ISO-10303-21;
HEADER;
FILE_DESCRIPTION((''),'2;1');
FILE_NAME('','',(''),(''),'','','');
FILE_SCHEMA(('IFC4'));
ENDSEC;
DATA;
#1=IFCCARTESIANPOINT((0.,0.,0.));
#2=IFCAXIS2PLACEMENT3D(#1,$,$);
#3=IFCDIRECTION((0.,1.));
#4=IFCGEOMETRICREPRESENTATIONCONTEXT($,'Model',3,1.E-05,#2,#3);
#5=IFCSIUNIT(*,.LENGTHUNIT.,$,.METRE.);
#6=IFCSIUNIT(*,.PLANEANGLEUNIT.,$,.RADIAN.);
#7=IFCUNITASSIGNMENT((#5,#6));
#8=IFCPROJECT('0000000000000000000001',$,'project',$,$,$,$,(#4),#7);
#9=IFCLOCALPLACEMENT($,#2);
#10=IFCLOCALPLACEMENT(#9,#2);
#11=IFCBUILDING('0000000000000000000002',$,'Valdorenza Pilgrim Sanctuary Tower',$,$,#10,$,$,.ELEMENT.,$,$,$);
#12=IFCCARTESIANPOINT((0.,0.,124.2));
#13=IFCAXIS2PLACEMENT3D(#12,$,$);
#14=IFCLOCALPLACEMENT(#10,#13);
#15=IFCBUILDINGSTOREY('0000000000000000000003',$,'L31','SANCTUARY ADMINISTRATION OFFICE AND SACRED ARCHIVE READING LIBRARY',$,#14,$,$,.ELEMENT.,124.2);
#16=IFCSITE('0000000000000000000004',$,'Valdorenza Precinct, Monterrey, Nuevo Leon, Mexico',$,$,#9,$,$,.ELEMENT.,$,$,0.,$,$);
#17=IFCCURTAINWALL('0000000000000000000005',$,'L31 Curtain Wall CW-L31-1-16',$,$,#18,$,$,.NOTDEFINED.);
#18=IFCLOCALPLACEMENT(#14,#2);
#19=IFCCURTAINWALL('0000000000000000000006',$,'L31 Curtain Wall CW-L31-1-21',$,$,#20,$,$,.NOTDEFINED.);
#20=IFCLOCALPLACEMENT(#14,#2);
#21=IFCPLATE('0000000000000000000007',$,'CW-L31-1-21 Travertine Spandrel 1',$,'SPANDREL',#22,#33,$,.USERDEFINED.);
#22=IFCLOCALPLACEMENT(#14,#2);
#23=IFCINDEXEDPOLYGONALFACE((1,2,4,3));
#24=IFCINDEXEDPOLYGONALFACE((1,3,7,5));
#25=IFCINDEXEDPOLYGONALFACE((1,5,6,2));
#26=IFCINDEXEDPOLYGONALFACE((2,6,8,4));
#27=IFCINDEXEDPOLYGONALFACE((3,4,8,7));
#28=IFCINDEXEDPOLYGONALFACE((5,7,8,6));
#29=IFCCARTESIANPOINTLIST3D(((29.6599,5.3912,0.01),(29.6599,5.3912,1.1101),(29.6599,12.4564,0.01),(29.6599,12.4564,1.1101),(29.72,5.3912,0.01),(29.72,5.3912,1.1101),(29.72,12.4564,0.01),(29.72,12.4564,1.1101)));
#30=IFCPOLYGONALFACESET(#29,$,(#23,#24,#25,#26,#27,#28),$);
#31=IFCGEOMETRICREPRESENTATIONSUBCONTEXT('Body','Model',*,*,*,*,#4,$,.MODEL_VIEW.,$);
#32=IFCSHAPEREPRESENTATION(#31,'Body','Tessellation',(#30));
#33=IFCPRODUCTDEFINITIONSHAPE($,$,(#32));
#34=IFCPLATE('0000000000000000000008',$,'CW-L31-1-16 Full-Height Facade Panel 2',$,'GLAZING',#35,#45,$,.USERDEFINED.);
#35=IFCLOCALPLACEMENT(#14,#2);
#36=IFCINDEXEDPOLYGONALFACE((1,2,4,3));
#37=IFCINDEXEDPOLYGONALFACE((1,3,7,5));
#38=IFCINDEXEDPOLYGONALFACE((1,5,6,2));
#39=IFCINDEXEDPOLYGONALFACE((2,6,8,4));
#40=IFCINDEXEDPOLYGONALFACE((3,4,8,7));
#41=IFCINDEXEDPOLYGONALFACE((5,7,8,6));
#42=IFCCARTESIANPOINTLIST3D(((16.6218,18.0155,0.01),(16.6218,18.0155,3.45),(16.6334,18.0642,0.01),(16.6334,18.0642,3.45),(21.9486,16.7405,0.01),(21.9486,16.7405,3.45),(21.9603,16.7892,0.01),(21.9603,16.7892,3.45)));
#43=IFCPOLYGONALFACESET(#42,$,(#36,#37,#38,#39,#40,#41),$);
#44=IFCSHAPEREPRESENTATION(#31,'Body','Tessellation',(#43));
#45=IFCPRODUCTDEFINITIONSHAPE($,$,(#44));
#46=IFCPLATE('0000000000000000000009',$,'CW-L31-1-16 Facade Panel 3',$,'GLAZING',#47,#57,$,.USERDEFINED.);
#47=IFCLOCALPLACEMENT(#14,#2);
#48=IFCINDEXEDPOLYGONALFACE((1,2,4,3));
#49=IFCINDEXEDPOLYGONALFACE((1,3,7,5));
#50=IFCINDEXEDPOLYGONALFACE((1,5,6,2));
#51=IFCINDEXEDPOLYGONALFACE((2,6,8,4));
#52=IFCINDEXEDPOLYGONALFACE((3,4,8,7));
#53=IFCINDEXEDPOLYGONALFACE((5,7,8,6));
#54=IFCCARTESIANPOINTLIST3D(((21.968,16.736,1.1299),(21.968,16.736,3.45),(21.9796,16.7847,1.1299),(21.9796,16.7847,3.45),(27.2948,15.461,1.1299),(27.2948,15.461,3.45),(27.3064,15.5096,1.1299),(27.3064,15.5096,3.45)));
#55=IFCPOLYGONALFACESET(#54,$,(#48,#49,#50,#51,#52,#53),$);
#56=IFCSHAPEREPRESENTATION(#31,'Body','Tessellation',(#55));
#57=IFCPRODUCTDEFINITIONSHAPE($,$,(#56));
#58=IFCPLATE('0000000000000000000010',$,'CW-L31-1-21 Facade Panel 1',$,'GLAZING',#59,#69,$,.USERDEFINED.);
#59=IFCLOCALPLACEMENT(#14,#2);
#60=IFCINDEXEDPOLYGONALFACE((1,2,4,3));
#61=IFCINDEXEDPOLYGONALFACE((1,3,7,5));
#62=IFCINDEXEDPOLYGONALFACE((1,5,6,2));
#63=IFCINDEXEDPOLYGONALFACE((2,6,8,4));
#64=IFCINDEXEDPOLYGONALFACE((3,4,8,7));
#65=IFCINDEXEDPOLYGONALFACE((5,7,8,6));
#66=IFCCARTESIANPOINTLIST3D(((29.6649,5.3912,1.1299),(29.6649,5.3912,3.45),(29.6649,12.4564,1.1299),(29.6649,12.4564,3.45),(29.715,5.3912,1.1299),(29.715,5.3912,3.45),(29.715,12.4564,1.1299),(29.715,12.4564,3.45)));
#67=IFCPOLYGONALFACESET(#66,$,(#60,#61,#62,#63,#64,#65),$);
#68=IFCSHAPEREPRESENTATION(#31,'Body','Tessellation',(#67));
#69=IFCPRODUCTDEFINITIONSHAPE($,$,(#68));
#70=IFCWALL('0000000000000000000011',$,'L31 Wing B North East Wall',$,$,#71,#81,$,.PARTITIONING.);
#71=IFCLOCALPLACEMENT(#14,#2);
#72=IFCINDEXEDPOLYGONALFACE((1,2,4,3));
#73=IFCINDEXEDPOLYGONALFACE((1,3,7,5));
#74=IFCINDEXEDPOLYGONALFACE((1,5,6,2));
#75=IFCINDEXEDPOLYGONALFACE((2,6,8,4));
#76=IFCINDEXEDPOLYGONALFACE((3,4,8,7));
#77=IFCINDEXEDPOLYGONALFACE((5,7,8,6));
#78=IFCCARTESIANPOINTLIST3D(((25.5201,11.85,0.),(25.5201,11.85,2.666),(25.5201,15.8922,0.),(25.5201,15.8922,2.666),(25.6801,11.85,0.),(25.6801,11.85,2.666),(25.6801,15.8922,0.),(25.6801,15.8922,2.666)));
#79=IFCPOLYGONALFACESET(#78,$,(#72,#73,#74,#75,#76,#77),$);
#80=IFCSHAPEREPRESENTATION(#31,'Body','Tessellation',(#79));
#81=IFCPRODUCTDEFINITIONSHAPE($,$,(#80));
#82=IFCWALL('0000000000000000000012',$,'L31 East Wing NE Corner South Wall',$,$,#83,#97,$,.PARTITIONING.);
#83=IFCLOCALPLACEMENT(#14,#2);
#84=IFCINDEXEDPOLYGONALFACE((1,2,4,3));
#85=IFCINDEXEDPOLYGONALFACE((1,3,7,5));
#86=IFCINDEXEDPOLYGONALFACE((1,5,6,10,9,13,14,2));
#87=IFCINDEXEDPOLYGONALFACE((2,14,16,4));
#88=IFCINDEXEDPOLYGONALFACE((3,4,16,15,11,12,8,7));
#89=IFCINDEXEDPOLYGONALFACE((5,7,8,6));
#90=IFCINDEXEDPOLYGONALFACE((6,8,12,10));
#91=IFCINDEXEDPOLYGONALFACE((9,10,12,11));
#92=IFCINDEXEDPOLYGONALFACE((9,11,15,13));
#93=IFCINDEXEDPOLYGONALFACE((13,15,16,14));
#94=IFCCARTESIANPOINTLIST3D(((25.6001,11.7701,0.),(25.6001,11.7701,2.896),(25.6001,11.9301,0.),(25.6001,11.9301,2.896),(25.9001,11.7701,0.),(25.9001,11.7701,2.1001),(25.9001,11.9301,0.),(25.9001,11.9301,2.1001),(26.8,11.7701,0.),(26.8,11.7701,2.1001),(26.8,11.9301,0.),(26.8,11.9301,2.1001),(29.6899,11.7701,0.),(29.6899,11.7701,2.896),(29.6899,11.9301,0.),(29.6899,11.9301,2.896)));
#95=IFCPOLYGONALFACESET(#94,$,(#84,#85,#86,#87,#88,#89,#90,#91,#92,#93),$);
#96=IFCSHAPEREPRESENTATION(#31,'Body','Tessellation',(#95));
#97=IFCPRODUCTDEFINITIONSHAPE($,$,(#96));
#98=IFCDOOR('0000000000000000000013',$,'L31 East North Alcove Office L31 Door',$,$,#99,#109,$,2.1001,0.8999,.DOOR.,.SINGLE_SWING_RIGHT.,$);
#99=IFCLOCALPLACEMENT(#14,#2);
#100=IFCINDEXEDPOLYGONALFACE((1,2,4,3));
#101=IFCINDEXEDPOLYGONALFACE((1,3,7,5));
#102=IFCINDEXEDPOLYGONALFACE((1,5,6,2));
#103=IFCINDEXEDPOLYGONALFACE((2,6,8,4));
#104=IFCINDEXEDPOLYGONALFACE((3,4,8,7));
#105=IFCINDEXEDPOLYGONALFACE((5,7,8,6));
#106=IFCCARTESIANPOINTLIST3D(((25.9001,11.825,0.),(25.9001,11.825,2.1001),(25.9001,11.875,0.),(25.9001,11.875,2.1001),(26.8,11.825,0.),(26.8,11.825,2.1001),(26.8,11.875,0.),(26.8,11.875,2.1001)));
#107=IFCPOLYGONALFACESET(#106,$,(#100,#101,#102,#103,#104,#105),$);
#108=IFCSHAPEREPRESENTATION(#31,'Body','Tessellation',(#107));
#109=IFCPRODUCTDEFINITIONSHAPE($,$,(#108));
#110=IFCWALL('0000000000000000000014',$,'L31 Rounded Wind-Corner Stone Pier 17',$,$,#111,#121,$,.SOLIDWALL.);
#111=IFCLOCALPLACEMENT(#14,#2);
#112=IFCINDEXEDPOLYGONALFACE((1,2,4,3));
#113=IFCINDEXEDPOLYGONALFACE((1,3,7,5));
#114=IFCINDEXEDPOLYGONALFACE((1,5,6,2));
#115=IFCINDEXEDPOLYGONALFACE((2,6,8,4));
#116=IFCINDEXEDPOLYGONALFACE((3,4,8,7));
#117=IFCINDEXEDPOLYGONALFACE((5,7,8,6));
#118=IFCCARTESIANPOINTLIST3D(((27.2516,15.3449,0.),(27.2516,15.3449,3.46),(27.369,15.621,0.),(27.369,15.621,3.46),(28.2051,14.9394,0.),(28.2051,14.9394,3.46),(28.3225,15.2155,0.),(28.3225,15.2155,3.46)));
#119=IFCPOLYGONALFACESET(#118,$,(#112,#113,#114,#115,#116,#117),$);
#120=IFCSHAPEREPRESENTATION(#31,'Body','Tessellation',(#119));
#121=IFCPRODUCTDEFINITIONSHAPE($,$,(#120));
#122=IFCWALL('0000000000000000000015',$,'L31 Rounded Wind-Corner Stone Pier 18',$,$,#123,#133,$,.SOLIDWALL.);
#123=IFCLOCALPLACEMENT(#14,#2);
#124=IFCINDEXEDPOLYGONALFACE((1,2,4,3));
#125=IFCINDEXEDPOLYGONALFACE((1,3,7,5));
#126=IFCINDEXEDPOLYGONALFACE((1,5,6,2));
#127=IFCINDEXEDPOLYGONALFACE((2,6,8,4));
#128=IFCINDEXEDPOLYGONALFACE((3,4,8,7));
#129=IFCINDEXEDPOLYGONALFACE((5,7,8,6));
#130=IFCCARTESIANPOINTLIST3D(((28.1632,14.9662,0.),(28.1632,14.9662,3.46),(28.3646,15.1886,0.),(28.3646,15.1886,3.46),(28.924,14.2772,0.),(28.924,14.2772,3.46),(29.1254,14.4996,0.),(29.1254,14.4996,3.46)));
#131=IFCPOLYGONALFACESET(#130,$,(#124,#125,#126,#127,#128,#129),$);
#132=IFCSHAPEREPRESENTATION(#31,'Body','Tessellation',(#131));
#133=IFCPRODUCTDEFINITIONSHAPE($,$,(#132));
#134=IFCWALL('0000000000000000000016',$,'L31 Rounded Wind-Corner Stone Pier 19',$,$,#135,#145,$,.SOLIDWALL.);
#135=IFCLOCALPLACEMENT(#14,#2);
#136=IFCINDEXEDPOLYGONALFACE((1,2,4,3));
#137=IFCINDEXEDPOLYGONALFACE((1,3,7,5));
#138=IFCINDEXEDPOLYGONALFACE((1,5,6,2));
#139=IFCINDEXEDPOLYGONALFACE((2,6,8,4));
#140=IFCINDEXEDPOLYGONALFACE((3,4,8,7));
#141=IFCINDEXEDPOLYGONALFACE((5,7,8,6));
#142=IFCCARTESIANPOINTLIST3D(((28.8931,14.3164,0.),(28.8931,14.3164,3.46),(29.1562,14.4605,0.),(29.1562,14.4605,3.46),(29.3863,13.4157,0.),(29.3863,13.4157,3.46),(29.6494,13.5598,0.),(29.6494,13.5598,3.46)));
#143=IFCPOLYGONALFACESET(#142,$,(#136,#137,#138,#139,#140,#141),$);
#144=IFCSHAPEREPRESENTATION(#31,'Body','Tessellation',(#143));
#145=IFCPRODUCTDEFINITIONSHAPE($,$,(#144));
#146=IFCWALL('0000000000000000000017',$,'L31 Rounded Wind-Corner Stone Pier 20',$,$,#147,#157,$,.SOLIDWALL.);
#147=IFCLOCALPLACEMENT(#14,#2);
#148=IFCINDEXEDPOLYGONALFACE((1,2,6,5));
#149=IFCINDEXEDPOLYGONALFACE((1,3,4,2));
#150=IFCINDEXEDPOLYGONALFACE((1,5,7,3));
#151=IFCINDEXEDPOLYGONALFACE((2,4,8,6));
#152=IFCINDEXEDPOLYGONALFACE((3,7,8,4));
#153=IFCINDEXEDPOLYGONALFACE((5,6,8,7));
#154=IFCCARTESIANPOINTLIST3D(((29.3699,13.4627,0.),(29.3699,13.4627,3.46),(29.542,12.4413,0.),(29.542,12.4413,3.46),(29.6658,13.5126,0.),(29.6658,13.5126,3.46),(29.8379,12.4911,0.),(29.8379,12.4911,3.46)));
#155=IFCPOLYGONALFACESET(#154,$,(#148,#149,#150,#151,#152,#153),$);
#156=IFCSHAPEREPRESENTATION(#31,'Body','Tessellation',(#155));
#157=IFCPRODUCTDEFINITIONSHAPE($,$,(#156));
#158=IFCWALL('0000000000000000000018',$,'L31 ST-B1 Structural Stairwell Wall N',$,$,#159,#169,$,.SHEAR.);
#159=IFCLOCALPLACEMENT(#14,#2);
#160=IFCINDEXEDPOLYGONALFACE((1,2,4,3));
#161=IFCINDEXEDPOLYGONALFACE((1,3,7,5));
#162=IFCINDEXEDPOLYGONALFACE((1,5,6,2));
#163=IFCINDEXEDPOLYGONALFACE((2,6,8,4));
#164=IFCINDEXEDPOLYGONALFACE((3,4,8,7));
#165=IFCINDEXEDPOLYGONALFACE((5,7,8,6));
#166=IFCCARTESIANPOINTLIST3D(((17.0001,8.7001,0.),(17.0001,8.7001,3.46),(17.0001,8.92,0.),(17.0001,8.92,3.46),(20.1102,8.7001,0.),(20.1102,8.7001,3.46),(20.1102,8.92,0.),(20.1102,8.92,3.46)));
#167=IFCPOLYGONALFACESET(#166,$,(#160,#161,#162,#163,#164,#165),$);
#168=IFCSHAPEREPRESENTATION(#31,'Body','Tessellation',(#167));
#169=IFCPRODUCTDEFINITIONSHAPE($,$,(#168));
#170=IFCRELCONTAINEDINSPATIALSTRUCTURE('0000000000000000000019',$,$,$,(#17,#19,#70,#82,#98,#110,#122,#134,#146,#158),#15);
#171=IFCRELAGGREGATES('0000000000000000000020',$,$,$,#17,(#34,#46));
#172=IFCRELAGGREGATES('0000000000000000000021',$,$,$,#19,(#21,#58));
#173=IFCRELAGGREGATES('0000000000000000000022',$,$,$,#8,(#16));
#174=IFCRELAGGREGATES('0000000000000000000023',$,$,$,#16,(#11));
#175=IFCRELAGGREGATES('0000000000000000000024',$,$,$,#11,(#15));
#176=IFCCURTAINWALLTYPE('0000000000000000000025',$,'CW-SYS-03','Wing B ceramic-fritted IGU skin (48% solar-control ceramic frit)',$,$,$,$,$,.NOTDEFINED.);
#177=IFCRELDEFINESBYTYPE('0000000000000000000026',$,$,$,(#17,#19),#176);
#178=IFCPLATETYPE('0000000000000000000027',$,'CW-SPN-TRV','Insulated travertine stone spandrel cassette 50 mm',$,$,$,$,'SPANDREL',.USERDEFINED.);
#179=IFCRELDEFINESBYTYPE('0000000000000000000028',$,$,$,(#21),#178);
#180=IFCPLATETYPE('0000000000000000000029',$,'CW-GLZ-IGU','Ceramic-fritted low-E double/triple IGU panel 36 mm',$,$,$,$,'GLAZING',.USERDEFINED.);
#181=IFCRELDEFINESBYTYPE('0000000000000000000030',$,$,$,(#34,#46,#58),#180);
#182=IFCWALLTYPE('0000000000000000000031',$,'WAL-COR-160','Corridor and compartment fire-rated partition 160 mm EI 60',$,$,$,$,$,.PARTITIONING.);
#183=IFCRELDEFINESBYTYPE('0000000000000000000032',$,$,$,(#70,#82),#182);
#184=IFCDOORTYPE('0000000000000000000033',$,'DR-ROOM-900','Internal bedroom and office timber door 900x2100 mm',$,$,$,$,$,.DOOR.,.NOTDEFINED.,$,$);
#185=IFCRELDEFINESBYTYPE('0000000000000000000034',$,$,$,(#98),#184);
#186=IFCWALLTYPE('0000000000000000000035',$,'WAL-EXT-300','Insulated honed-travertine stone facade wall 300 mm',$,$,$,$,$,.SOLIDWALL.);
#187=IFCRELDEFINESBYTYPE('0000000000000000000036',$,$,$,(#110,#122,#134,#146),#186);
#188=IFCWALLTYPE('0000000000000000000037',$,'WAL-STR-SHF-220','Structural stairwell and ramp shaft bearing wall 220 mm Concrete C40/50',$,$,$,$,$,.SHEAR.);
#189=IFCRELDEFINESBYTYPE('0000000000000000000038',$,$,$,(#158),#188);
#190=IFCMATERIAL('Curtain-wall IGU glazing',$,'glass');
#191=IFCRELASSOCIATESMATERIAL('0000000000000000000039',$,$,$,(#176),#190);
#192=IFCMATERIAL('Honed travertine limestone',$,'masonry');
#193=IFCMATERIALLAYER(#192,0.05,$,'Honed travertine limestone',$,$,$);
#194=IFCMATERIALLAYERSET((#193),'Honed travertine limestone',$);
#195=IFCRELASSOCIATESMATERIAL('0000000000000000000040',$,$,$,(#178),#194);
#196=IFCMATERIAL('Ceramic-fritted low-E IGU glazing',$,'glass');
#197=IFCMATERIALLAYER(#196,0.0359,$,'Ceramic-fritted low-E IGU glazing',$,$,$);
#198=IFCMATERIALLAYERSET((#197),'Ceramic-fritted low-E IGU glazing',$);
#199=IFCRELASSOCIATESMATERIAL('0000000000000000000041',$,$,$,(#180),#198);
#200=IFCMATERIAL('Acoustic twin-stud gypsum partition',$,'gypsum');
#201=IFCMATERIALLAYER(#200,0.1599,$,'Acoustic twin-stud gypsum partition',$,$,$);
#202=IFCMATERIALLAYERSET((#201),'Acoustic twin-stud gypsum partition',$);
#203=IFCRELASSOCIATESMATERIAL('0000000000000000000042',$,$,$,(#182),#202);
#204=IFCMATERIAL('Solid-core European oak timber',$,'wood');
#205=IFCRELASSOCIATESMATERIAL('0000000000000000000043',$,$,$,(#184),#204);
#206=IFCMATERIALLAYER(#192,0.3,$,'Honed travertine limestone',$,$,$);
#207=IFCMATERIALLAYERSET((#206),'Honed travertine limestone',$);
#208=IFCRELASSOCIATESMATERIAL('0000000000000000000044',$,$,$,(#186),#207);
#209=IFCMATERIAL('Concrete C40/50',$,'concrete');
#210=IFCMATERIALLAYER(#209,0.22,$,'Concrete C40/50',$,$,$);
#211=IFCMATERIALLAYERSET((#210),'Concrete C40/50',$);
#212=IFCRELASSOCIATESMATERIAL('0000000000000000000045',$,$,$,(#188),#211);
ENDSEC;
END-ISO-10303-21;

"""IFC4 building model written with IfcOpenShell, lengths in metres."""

from ifc_helpers import new_model, si_unit, direction, frame, frame_2d, origin, origin_2d, place, context, subcontext, project, spatial, rectangle, extrude, source, transform, mapped, material, layer, layer_set, type_object, element, fill, aggregate, save


model = new_model("IFC4")

# Units and contexts
model_context = context("Model", 3, precision=1e-05, world=origin(), true_north=direction((0.0, 1.0)))
body_context = subcontext(model_context, "Body", "Model", "MODEL_VIEW")
ifc_project = project(units=[si_unit("LENGTHUNIT", "METRE"), si_unit("PLANEANGLEUNIT", "RADIAN")], contexts=[model_context])

# Site, building, storey
site_placement = place(None, origin())
site = spatial("IfcSite", under=ifc_project, at=site_placement, Name="Valdorenza Precinct, Monterrey, Nuevo Leon, Mexico", CompositionType="ELEMENT", RefElevation=0.0)
building_placement = place(site_placement, origin())
building = spatial("IfcBuilding", under=site, at=building_placement, Name="Valdorenza Pilgrim Sanctuary Tower", CompositionType="ELEMENT")
storey_placement = place(building_placement, frame((0.0, 0.0, 124.2)))
storey = spatial("IfcBuildingStorey", under=building, at=storey_placement, Name="L31", Description="SANCTUARY ADMINISTRATION OFFICE AND SACRED ARCHIVE READING LIBRARY", CompositionType="ELEMENT", Elevation=124.2)

# Curtain walls
ifc_material_1 = material(Name="Curtain-wall IGU glazing", Category="glass")
curtain_wall_type = type_object("IfcCurtainWallType", Name="CW-SYS-03", Description="Wing B ceramic-fritted IGU skin (48% solar-control ceramic frit)", PredefinedType="NOTDEFINED", material=ifc_material_1)
curtain_wall_1_placement = place(storey_placement, origin())
curtain_wall_1 = element("IfcCurtainWall", 1, at=curtain_wall_1_placement, inside=storey, type_object=curtain_wall_type, Name="L31 Curtain Wall CW-L31-1-16", PredefinedType="NOTDEFINED")
curtain_wall_2_placement = place(storey_placement, origin())
curtain_wall_2 = element("IfcCurtainWall", 2, at=curtain_wall_2_placement, inside=storey, type_object=curtain_wall_type, Name="L31 Curtain Wall CW-L31-1-21", PredefinedType="NOTDEFINED")

# Plates
ifc_material_2 = material(Name="Honed travertine limestone", Category="masonry")
ifc_layer_1 = layer(ifc_material_2, 0.05, Name="Honed travertine limestone")
ifc_layer_set_1 = layer_set([ifc_layer_1], Name="Honed travertine limestone")
plate_type_1 = type_object("IfcPlateType", Name="CW-SPN-TRV", Description="Insulated travertine stone spandrel cassette 50 mm", ElementType="SPANDREL", PredefinedType="USERDEFINED", material=ifc_layer_set_1)
shared_shape_1 = source(origin(), body_context, "Body", "SweptSolid", [
    extrude(rectangle(XDim=7.0652, YDim=0.0601, at=origin_2d()), origin(), (0.0, 0.0, 1.0), 1.1001),
])
plate_1_placement = place(storey_placement, frame((29.6899, 8.9238, 0.01), z_axis=(0.0, 0.0, 1.0), x_axis=(0.0, -1.0, 0.0)))
plate_1 = element("IfcPlate", 3, at=plate_1_placement, type_object=plate_type_1, Name="CW-L31-1-21 Travertine Spandrel 1", ObjectType="SPANDREL", PredefinedType="USERDEFINED", context=body_context, shape_type="MappedRepresentation", body=[
    mapped(shared_shape_1, transform((0.0, 0.0, 0.0), x_axis=(1.0, 0.0, 0.0), y_axis=(0.0, 1.0, 0.0), z_axis=(0.0, 0.0, 1.0), scale=1.0)),
])
ifc_material_3 = material(Name="Ceramic-fritted low-E IGU glazing", Category="glass")
ifc_layer_2 = layer(ifc_material_3, 0.0359, Name="Ceramic-fritted low-E IGU glazing")
ifc_layer_set_2 = layer_set([ifc_layer_2], Name="Ceramic-fritted low-E IGU glazing")
plate_type_2 = type_object("IfcPlateType", Name="CW-GLZ-IGU", Description="Ceramic-fritted low-E double/triple IGU panel 36 mm", ElementType="GLAZING", PredefinedType="USERDEFINED", material=ifc_layer_set_2)
shared_shape_2 = source(origin(), body_context, "Body", "SweptSolid", [
    extrude(rectangle(XDim=5.4773, YDim=0.05, at=origin_2d()), origin(), (0.0, 0.0, 1.0), 3.4399),
])
plate_2_placement = place(storey_placement, frame((19.291, 17.4023, 0.01), z_axis=(0.0, 0.0, 1.0), x_axis=(0.972529, -0.232783, 0.0)))
plate_2 = element("IfcPlate", 4, at=plate_2_placement, type_object=plate_type_2, Name="CW-L31-1-16 Full-Height Facade Panel 2", ObjectType="GLAZING", PredefinedType="USERDEFINED", context=body_context, shape_type="MappedRepresentation", body=[
    mapped(shared_shape_2, transform((0.0, 0.0, 0.0), x_axis=(1.0, 0.0, 0.0), y_axis=(0.0, 1.0, 0.0), z_axis=(0.0, 0.0, 1.0), scale=1.0)),
])
shared_shape_3 = source(origin(), body_context, "Body", "SweptSolid", [
    extrude(rectangle(XDim=5.4773, YDim=0.05, at=origin_2d()), origin(), (0.0, 0.0, 1.0), 2.3201),
])
plate_3_placement = place(storey_placement, frame((24.6372, 16.1228, 1.1299), z_axis=(0.0, 0.0, 1.0), x_axis=(0.972529, -0.232783, 0.0)))
plate_3 = element("IfcPlate", 5, at=plate_3_placement, type_object=plate_type_2, Name="CW-L31-1-16 Facade Panel 3", ObjectType="GLAZING", PredefinedType="USERDEFINED", context=body_context, shape_type="MappedRepresentation", body=[
    mapped(shared_shape_3, transform((0.0, 0.0, 0.0), x_axis=(1.0, 0.0, 0.0), y_axis=(0.0, 1.0, 0.0), z_axis=(0.0, 0.0, 1.0), scale=1.0)),
])
aggregate(curtain_wall_1, [plate_2, plate_3])
shared_shape_4 = source(origin(), body_context, "Body", "SweptSolid", [
    extrude(rectangle(XDim=7.0652, YDim=0.05, at=origin_2d()), origin(), (0.0, 0.0, 1.0), 2.3201),
])
plate_4_placement = place(storey_placement, frame((29.6899, 8.9238, 1.1299), z_axis=(0.0, 0.0, 1.0), x_axis=(0.0, -1.0, 0.0)))
plate_4 = element("IfcPlate", 6, at=plate_4_placement, type_object=plate_type_2, Name="CW-L31-1-21 Facade Panel 1", ObjectType="GLAZING", PredefinedType="USERDEFINED", context=body_context, shape_type="MappedRepresentation", body=[
    mapped(shared_shape_4, transform((0.0, 0.0, 0.0), x_axis=(1.0, 0.0, 0.0), y_axis=(0.0, 1.0, 0.0), z_axis=(0.0, 0.0, 1.0), scale=1.0)),
])
aggregate(curtain_wall_2, [plate_1, plate_4])

# Wall
ifc_material_4 = material(Name="Acoustic twin-stud gypsum partition", Category="gypsum")
ifc_layer_3 = layer(ifc_material_4, 0.1599, Name="Acoustic twin-stud gypsum partition")
ifc_layer_set_3 = layer_set([ifc_layer_3], Name="Acoustic twin-stud gypsum partition")
wall_type_1 = type_object("IfcWallType", Name="WAL-COR-160", Description="Corridor and compartment fire-rated partition 160 mm EI 60", PredefinedType="PARTITIONING", material=ifc_layer_set_3)
wall_1_placement = place(storey_placement, frame((25.6001, 11.8501, 0.0), z_axis=(0.0, 0.0, 1.0), x_axis=(0.0, 1.0, 0.0)))
element("IfcWall", 7, at=wall_1_placement, inside=storey, type_object=wall_type_1, Name="L31 Wing B North East Wall", PredefinedType="PARTITIONING", context=body_context, shape_type="SweptSolid", body=[
    extrude(rectangle(XDim=4.0422, YDim=0.1599, at=frame_2d((2.021, 0.0))), origin(), (0.0, 0.0, 1.0), 2.666),
])

# Wall, opening, door
wall_2_placement = place(storey_placement, frame((25.6001, 11.8501, 0.0), z_axis=(0.0, 0.0, 1.0), x_axis=(1.0, 0.0, 0.0)))
wall_2 = element("IfcWall", 8, at=wall_2_placement, inside=storey, type_object=wall_type_1, Name="L31 East Wing NE Corner South Wall", PredefinedType="PARTITIONING", context=body_context, shape_type="SweptSolid", body=[
    extrude(rectangle(XDim=4.0898, YDim=0.1599, at=frame_2d((2.0449, 0.0))), origin(), (0.0, 0.0, 1.0), 2.896),
])
opening_placement = place(wall_2_placement, frame((0.3, 0.0, 0.0)))
opening = element("IfcOpeningElement", 9, at=opening_placement, cuts=wall_2, PredefinedType="OPENING", context=body_context, shape_type="SweptSolid", body=[
    extrude(rectangle(XDim=0.8999, YDim=2.1001, at=frame_2d((0.45, 1.05))), frame((0.0, 0.0947, 0.0), z_axis=(0.0, -1.0, 0.0), x_axis=(1.0, 0.0, 0.0)), (0.0, 0.0, 1.0), 0.1897),
])
ifc_material_5 = material(Name="Solid-core European oak timber", Category="wood")
door_type = type_object("IfcDoorType", Name="DR-ROOM-900", Description="Internal bedroom and office timber door 900x2100 mm", OperationType="NOTDEFINED", PredefinedType="DOOR", material=ifc_material_5)
door_placement = place(opening_placement, origin())
door = element("IfcDoor", 10, at=door_placement, inside=storey, type_object=door_type, Name="L31 East North Alcove Office L31 Door", OperationType="SINGLE_SWING_RIGHT", OverallHeight=2.1001, OverallWidth=0.8999, PredefinedType="DOOR", context=body_context, shape_type="SweptSolid", body=[
    extrude(rectangle(XDim=0.8999, YDim=2.1001, at=frame_2d((0.45, 1.05))), frame((0.0, 0.0249, 0.0), z_axis=(0.0, -1.0, 0.0), x_axis=(1.0, 0.0, 0.0)), (0.0, 0.0, 1.0), 0.05),
])
fill(opening, door)

# Walls
ifc_layer_4 = layer(ifc_material_2, 0.3, Name="Honed travertine limestone")
ifc_layer_set_4 = layer_set([ifc_layer_4], Name="Honed travertine limestone")
wall_type_2 = type_object("IfcWallType", Name="WAL-EXT-300", Description="Insulated honed-travertine stone facade wall 300 mm", PredefinedType="SOLIDWALL", material=ifc_layer_set_4)
wall_3_placement = place(storey_placement, frame((27.3103, 15.4829, 0.0), z_axis=(0.0, 0.0, 1.0), x_axis=(0.92025, -0.39133, 0.0)))
element("IfcWall", 11, at=wall_3_placement, inside=storey, type_object=wall_type_2, Name="L31 Rounded Wind-Corner Stone Pier 17", PredefinedType="SOLIDWALL", context=body_context, shape_type="SweptSolid", body=[
    extrude(rectangle(XDim=1.0361, YDim=0.3, at=frame_2d((0.5181, 0.0))), origin(), (0.0, 0.0, 1.0), 3.46),
])
wall_4_placement = place(storey_placement, frame((28.2639, 15.0774, 0.0), z_axis=(0.0, 0.0, 1.0), x_axis=(0.741209, -0.671275, 0.0)))
element("IfcWall", 12, at=wall_4_placement, inside=storey, type_object=wall_type_2, Name="L31 Rounded Wind-Corner Stone Pier 18", PredefinedType="SOLIDWALL", context=body_context, shape_type="SweptSolid", body=[
    extrude(rectangle(XDim=1.0264, YDim=0.3, at=frame_2d((0.5132, 0.0))), origin(), (0.0, 0.0, 1.0), 3.46),
])
wall_5_placement = place(storey_placement, frame((29.0247, 14.3884, 0.0), z_axis=(0.0, 0.0, 1.0), x_axis=(0.480284, -0.877113, 0.0)))
element("IfcWall", 13, at=wall_5_placement, inside=storey, type_object=wall_type_2, Name="L31 Rounded Wind-Corner Stone Pier 19", PredefinedType="SOLIDWALL", context=body_context, shape_type="SweptSolid", body=[
    extrude(rectangle(XDim=1.0269, YDim=0.3, at=frame_2d((0.5134, 0.0))), origin(), (0.0, 0.0, 1.0), 3.46),
])
wall_6_placement = place(storey_placement, frame((29.5178, 13.4878, 0.0), z_axis=(0.0, 0.0, 1.0), x_axis=(0.166157, -0.986099, 0.0)))
element("IfcWall", 14, at=wall_6_placement, inside=storey, type_object=wall_type_2, Name="L31 Rounded Wind-Corner Stone Pier 20", PredefinedType="SOLIDWALL", context=body_context, shape_type="SweptSolid", body=[
    extrude(rectangle(XDim=1.0359, YDim=0.3, at=frame_2d((0.5181, 0.0))), origin(), (0.0, 0.0, 1.0), 3.46),
])
ifc_material_6 = material(Name="Concrete C40/50", Category="concrete")
ifc_layer_5 = layer(ifc_material_6, 0.22, Name="Concrete C40/50")
ifc_layer_set_5 = layer_set([ifc_layer_5], Name="Concrete C40/50")
wall_type_3 = type_object("IfcWallType", Name="WAL-STR-SHF-220", Description="Structural stairwell and ramp shaft bearing wall 220 mm Concrete C40/50", PredefinedType="SHEAR", material=ifc_layer_set_5)
wall_7_placement = place(storey_placement, frame((17.0, 8.8101, 0.0), z_axis=(0.0, 0.0, 1.0), x_axis=(1.0, 0.0, 0.0)))
element("IfcWall", 15, at=wall_7_placement, inside=storey, type_object=wall_type_3, Name="L31 ST-B1 Structural Stairwell Wall N", PredefinedType="SHEAR", context=body_context, shape_type="SweptSolid", body=[
    extrude(rectangle(XDim=3.1101, YDim=0.22, at=frame_2d((1.5552, 0.0))), origin(), (0.0, 0.0, 1.0), 3.46),
])

save(model, "model.ifc")
